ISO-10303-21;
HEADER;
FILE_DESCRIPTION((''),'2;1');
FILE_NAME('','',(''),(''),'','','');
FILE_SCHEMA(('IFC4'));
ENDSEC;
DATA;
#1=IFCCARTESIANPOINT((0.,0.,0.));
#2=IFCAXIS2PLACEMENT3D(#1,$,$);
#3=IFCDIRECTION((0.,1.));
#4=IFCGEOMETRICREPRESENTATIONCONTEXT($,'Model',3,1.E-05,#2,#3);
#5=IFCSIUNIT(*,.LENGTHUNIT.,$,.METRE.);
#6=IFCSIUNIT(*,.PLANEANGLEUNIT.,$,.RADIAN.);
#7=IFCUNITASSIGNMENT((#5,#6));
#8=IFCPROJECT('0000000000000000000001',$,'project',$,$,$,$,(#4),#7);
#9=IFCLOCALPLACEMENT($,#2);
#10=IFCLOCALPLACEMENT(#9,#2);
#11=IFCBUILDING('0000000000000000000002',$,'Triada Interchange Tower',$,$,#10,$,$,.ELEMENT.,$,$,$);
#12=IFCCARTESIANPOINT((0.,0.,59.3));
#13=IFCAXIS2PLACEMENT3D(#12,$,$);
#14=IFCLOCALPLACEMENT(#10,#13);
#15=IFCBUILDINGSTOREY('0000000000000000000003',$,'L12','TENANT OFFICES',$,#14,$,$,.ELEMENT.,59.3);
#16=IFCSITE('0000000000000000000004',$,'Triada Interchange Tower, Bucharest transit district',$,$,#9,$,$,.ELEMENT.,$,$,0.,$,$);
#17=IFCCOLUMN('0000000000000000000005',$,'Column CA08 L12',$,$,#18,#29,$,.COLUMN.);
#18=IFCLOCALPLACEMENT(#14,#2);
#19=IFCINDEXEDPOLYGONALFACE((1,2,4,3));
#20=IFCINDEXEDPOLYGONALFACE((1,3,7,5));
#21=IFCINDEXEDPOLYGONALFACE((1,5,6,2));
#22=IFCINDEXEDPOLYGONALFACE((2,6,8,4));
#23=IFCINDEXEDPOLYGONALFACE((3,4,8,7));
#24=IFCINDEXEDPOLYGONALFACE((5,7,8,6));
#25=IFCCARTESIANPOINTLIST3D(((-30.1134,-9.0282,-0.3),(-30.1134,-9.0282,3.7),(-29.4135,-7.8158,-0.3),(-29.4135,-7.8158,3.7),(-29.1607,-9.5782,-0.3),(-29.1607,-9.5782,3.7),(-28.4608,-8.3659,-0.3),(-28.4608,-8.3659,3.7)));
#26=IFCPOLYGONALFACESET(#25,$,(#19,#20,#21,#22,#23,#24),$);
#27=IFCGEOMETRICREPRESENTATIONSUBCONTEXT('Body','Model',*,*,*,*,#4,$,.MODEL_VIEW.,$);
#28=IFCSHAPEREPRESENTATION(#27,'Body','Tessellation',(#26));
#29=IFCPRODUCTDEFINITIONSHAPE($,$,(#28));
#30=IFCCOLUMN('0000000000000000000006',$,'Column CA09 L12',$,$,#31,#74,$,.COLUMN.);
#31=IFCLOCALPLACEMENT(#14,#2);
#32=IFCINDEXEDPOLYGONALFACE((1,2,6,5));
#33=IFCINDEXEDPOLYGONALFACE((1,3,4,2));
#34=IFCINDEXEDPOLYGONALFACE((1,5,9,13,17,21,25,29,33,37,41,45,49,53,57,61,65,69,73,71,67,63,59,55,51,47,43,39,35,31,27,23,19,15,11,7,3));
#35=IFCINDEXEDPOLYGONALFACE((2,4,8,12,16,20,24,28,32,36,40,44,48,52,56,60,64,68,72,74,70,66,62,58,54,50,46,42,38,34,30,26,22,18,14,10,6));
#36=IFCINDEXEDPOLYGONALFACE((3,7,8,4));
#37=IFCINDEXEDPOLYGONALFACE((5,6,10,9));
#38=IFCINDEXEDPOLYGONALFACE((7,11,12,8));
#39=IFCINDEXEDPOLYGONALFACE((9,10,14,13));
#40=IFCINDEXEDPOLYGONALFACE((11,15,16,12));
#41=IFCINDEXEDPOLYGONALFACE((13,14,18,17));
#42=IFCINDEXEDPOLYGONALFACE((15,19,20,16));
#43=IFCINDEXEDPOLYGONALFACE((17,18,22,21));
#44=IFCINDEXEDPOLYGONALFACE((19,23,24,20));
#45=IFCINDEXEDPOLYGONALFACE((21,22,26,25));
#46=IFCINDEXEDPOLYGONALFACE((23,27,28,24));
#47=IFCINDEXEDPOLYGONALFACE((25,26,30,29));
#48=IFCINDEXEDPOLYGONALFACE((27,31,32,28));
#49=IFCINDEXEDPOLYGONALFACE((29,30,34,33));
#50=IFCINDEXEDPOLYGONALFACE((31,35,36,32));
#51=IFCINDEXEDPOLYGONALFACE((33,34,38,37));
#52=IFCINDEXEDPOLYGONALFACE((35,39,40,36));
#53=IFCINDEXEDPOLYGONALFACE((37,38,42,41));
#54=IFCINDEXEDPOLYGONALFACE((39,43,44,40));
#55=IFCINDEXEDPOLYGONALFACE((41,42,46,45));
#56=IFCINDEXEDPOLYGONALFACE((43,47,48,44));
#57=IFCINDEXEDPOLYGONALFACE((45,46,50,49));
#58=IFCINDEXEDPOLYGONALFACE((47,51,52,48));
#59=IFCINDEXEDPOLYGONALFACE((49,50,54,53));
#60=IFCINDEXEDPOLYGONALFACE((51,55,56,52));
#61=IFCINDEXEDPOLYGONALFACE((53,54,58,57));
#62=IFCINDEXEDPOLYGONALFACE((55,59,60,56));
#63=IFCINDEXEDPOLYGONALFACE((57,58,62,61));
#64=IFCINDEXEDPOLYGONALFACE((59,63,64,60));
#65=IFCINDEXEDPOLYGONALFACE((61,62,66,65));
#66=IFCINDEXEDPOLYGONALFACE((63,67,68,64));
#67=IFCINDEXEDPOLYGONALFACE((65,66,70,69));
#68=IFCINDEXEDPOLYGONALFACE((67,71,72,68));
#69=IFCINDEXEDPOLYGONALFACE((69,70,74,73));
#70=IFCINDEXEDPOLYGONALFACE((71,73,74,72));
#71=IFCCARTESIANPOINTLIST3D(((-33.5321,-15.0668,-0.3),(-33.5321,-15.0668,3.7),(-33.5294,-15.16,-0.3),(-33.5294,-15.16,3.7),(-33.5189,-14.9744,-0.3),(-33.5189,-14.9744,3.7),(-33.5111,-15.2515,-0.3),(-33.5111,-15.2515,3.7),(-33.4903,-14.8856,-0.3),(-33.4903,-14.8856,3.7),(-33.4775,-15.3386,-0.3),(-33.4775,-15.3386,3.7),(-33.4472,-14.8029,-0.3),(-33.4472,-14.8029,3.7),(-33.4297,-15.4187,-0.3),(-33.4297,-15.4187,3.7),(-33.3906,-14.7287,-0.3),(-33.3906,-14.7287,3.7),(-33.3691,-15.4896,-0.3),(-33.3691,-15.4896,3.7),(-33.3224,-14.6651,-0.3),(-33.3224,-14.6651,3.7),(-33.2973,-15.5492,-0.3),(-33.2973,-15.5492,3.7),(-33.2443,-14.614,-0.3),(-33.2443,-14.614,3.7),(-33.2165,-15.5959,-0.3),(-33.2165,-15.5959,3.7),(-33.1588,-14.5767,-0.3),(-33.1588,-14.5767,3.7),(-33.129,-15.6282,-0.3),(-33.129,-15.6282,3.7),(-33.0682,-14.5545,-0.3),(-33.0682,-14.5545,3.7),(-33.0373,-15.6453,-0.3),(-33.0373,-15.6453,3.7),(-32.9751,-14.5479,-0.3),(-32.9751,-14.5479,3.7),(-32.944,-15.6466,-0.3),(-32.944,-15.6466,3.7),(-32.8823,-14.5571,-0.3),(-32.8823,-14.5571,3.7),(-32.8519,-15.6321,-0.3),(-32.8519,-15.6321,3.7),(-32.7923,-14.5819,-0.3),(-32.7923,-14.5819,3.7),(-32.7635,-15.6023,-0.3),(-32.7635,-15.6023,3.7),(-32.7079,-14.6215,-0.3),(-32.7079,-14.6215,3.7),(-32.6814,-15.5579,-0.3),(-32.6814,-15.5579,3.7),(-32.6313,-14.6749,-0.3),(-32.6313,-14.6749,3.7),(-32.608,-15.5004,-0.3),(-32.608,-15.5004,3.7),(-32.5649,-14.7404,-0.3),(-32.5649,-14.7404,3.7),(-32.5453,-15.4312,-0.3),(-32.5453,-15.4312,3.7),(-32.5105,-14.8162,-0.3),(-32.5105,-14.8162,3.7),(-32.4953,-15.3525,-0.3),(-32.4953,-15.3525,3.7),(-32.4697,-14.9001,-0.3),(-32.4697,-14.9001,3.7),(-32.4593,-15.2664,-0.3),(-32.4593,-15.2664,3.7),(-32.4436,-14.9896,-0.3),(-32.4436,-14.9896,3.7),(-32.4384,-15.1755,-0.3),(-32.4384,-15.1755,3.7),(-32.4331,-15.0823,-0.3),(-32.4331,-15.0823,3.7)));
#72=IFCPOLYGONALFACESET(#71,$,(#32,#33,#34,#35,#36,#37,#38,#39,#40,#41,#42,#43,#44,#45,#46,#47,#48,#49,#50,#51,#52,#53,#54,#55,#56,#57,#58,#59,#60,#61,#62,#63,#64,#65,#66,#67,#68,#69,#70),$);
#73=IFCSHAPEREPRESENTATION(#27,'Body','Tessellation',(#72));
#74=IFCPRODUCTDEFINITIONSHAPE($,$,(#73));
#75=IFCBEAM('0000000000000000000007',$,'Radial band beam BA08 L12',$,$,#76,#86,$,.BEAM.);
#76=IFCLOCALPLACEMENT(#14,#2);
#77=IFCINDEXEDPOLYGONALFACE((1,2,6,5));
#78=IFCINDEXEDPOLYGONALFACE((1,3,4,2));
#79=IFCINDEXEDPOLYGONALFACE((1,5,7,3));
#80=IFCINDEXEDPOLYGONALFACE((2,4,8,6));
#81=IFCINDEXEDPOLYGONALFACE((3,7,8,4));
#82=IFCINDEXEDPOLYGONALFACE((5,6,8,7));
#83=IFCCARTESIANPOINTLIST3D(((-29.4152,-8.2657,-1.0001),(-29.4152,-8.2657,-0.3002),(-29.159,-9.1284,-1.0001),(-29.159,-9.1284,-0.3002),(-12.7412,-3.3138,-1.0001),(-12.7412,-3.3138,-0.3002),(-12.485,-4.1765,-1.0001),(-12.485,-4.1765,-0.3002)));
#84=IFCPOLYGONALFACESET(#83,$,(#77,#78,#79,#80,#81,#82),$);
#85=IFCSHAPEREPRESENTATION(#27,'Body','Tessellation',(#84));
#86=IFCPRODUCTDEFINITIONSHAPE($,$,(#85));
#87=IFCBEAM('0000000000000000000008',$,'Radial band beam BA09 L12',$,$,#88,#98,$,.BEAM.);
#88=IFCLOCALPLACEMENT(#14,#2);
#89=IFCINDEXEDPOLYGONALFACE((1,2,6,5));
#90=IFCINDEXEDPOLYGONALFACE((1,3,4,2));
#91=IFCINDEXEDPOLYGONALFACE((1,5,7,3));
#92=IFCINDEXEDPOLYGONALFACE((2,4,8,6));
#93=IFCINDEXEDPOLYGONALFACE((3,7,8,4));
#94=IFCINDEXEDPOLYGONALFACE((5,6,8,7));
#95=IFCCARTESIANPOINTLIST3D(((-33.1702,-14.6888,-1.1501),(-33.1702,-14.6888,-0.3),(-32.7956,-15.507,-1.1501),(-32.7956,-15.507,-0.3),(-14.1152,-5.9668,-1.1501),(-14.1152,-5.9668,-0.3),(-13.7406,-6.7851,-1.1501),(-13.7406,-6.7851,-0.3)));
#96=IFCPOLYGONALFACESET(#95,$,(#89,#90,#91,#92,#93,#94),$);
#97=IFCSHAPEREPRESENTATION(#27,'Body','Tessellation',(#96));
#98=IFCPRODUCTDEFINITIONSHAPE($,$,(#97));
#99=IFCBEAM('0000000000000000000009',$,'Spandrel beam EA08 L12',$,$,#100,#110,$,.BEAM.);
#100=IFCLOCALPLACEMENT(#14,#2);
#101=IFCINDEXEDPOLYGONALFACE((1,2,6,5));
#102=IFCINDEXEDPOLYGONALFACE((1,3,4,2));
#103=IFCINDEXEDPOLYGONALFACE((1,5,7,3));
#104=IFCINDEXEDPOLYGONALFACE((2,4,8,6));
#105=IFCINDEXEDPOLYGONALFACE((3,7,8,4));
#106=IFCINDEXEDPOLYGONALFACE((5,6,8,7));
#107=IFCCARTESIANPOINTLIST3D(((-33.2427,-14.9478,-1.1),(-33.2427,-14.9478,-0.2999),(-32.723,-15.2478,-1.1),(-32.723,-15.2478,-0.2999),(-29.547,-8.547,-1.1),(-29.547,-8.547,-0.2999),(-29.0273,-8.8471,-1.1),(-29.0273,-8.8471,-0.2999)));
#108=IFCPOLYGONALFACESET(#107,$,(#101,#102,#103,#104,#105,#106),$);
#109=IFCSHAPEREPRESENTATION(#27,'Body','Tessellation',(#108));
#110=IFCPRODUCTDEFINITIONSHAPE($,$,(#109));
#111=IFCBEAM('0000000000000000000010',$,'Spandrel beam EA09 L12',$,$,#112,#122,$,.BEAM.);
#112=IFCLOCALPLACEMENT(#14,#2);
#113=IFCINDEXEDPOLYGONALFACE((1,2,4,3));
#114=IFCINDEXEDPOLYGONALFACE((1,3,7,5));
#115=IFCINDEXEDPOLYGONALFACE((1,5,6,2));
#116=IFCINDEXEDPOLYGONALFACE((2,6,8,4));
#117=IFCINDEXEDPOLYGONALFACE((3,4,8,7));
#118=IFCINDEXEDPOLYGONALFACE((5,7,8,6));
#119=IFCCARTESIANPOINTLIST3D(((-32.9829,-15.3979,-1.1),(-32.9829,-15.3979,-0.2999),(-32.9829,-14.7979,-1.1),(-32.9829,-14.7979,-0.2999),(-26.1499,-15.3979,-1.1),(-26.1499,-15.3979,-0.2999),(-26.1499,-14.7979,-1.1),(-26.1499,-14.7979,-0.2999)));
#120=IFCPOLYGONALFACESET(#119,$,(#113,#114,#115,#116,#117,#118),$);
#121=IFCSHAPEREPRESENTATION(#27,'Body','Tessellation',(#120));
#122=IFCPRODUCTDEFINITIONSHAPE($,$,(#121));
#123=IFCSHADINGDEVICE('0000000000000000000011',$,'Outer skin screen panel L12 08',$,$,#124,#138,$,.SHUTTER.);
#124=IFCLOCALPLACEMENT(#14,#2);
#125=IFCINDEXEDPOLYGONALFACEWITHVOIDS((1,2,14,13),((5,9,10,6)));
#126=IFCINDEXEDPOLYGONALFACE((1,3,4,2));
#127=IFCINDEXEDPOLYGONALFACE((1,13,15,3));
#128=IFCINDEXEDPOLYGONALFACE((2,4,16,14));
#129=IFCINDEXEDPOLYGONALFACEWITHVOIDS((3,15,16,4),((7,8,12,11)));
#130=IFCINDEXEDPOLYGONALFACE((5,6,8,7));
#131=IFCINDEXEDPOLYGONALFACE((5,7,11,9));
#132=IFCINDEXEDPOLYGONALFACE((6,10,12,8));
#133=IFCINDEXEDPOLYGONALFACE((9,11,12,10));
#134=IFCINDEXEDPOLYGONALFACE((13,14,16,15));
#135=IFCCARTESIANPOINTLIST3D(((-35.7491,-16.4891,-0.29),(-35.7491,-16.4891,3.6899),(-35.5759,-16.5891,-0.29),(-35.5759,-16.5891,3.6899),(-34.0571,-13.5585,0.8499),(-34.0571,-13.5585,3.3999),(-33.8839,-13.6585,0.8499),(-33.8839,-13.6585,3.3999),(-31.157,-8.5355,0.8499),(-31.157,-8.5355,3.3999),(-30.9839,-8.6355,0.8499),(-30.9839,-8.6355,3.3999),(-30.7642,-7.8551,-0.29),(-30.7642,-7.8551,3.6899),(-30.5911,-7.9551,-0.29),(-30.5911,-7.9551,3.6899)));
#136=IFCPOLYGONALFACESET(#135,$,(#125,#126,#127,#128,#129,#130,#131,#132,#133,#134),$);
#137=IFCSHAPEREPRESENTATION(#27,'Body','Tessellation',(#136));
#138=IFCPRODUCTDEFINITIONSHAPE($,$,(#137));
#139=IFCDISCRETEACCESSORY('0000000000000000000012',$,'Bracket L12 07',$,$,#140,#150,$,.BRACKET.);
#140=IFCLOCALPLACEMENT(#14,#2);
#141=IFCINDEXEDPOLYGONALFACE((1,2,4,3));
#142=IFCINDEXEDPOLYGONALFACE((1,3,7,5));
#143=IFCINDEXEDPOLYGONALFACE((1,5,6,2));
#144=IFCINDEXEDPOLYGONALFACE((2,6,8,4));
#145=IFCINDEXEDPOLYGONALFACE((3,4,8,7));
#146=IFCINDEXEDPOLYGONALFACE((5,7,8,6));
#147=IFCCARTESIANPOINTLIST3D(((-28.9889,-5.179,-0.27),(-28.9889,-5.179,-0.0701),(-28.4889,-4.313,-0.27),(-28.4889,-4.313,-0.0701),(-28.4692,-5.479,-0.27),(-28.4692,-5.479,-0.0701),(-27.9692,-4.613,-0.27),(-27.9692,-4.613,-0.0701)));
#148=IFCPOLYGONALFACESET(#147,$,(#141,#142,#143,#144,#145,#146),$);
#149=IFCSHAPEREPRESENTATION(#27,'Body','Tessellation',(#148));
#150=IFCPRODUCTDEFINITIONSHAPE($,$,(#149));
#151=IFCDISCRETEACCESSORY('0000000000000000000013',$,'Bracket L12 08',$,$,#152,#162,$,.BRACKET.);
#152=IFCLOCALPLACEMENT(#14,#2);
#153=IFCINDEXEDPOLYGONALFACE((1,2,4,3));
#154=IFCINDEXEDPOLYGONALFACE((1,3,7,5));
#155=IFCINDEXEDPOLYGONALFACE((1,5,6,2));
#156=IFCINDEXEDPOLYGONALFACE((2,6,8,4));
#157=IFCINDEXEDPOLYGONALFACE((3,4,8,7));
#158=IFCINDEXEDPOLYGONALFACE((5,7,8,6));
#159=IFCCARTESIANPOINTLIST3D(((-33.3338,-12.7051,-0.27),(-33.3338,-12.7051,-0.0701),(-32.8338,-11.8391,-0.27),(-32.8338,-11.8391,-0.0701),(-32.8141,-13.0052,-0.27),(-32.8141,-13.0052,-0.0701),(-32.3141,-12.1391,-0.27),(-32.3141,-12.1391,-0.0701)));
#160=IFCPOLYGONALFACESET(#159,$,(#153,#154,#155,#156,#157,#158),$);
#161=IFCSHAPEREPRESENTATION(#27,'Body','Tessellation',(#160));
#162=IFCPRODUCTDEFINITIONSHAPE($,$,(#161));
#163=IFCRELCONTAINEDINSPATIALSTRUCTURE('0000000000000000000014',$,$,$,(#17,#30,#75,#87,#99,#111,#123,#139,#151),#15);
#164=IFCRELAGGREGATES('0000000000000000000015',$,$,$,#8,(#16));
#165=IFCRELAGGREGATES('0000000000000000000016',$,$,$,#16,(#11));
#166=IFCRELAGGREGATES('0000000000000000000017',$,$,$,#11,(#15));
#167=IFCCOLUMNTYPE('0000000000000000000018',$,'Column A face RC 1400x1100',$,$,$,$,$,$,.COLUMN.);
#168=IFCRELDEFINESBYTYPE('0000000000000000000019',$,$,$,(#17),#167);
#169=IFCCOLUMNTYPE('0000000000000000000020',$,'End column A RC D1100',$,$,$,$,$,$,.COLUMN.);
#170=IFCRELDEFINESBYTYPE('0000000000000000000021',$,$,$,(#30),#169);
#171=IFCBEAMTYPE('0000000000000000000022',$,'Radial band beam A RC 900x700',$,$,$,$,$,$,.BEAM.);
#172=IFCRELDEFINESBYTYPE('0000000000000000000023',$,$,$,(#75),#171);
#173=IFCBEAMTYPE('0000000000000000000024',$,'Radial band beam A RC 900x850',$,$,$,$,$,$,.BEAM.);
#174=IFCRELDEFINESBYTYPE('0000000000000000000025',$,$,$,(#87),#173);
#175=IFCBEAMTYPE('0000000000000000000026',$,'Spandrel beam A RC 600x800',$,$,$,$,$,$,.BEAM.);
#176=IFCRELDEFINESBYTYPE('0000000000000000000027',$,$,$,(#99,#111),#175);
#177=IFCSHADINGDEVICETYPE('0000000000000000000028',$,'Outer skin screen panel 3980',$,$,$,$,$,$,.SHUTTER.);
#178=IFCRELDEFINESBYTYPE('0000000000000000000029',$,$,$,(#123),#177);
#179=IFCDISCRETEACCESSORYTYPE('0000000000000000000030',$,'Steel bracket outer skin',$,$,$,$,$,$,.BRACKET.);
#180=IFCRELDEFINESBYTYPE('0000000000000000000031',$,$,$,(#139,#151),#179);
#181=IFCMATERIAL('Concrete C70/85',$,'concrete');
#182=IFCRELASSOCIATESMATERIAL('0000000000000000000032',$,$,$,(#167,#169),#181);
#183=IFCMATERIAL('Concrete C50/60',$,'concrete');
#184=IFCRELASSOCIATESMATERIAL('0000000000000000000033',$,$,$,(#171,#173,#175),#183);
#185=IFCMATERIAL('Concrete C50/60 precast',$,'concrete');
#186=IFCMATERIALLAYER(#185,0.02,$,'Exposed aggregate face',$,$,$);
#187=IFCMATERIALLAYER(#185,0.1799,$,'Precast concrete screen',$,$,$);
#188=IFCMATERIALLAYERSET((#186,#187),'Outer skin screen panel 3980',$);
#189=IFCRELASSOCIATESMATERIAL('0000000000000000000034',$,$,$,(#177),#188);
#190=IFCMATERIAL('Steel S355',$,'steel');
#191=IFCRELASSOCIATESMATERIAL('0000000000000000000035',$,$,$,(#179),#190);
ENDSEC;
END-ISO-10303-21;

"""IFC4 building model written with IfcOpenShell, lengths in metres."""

from ifc_helpers import new_model, si_unit, direction, frame, origin, origin_2d, place, context, subcontext, project, spatial, polyline, rectangle, circle, outline, extrude, material, layer, layer_set, material_profile, profile_set, type_object, element, save


model = new_model("IFC4")

# Units and contexts
model_context = context("Model", 3, precision=1e-05, world=origin(), true_north=direction((0.0, 1.0)))
body_context = subcontext(model_context, "Body", "Model", "MODEL_VIEW")
ifc_project = project(units=[si_unit("LENGTHUNIT", "METRE"), si_unit("PLANEANGLEUNIT", "RADIAN")], contexts=[model_context])

# Site, building, storey
site_placement = place(None, origin())
site = spatial("IfcSite", under=ifc_project, at=site_placement, Name="Triada Interchange Tower, Bucharest transit district", CompositionType="ELEMENT", RefElevation=0.0)
building_placement = place(site_placement, origin())
building = spatial("IfcBuilding", under=site, at=building_placement, Name="Triada Interchange Tower", CompositionType="ELEMENT")
storey_placement = place(building_placement, frame((0.0, 0.0, 59.3)))
storey = spatial("IfcBuildingStorey", under=building, at=storey_placement, Name="L12", Description="TENANT OFFICES", CompositionType="ELEMENT", Elevation=59.3)

# Columns
ifc_material_1 = material(Name="Concrete C70/85", Category="concrete")
ifc_material_profile_1 = material_profile(ifc_material_1, rectangle(XDim=1.3999, YDim=1.1001, at=origin_2d()), Name="RC 1400x1100")
ifc_profile_set_1 = profile_set([ifc_material_profile_1], Name="Concrete C70/85")
column_type_1 = type_object("IfcColumnType", Name="Column A face RC 1400x1100", PredefinedType="COLUMN", material=ifc_profile_set_1)
column_1_placement = place(storey_placement, frame((-29.2871, -8.697, -0.3), z_axis=(0.0, 0.0, 1.0), x_axis=(0.5, 0.866025, 0.0)))
element("IfcColumn", 1, at=column_1_placement, inside=storey, type_object=column_type_1, Name="Column CA08 L12", PredefinedType="COLUMN", context=body_context, shape_type="SweptSolid", body=[
    extrude(rectangle(XDim=1.3999, YDim=1.1001, at=origin_2d()), origin(), (0.0, 0.0, 1.0), 4.0),
])
ifc_material_profile_2 = material_profile(ifc_material_1, circle(Radius=0.55, at=origin_2d()), Name="RC D1100")
ifc_profile_set_2 = profile_set([ifc_material_profile_2], Name="Concrete C70/85")
column_type_2 = type_object("IfcColumnType", Name="End column A RC D1100", PredefinedType="COLUMN", material=ifc_profile_set_2)
column_2_placement = place(storey_placement, frame((-32.9829, -15.0979, -0.3), z_axis=(0.0, 0.0, 1.0), x_axis=(0.5, 0.866025, 0.0)))
element("IfcColumn", 2, at=column_2_placement, inside=storey, type_object=column_type_2, Name="Column CA09 L12", PredefinedType="COLUMN", context=body_context, shape_type="SweptSolid", body=[
    extrude(circle(Radius=0.55, at=origin_2d()), origin(), (0.0, 0.0, 1.0), 4.0),
])

# Beams
ifc_material_2 = material(Name="Concrete C50/60", Category="concrete")
ifc_material_profile_3 = material_profile(ifc_material_2, rectangle(XDim=0.8999, YDim=0.7, at=origin_2d()), Name="RC 900x700")
ifc_profile_set_3 = profile_set([ifc_material_profile_3], Name="Concrete C50/60")
beam_type_1 = type_object("IfcBeamType", Name="Radial band beam A RC 900x700", PredefinedType="BEAM", material=ifc_profile_set_3)
beam_1_placement = place(storey_placement, frame((-29.2871, -8.697, -0.6501), z_axis=(0.958619, 0.284693, 0.0), x_axis=(-0.284693, 0.958619, 0.0)))
element("IfcBeam", 3, at=beam_1_placement, inside=storey, type_object=beam_type_1, Name="Radial band beam BA08 L12", PredefinedType="BEAM", context=body_context, shape_type="SweptSolid", body=[
    extrude(rectangle(XDim=0.8999, YDim=0.7, at=origin_2d()), origin(), (0.0, 0.0, 1.0), 17.3938),
])
ifc_material_profile_4 = material_profile(ifc_material_2, rectangle(XDim=0.8999, YDim=0.8501, at=origin_2d()), Name="RC 900x850")
ifc_profile_set_4 = profile_set([ifc_material_profile_4], Name="Concrete C50/60")
beam_type_2 = type_object("IfcBeamType", Name="Radial band beam A RC 900x850", PredefinedType="BEAM", material=ifc_profile_set_4)
beam_2_placement = place(storey_placement, frame((-32.9829, -15.0979, -0.7251), z_axis=(0.909274, 0.416198, 0.0), x_axis=(-0.416198, 0.909274, 0.0)))
element("IfcBeam", 4, at=beam_2_placement, inside=storey, type_object=beam_type_2, Name="Radial band beam BA09 L12", PredefinedType="BEAM", context=body_context, shape_type="SweptSolid", body=[
    extrude(rectangle(XDim=0.8999, YDim=0.8501, at=origin_2d()), origin(), (0.0, 0.0, 1.0), 20.9563),
])
ifc_material_profile_5 = material_profile(ifc_material_2, rectangle(XDim=0.6001, YDim=0.8, at=origin_2d()), Name="RC 600x800")
ifc_profile_set_5 = profile_set([ifc_material_profile_5], Name="Concrete C50/60")
beam_type_3 = type_object("IfcBeamType", Name="Spandrel beam A RC 600x800", PredefinedType="BEAM", material=ifc_profile_set_5)
beam_3_placement = place(storey_placement, frame((-29.2871, -8.697, -0.7), z_axis=(-0.500026, -0.866011, 0.0), x_axis=(0.866011, -0.500026, 0.0)))
element("IfcBeam", 5, at=beam_3_placement, inside=storey, type_object=beam_type_3, Name="Spandrel beam EA08 L12", PredefinedType="BEAM", context=body_context, shape_type="SweptSolid", body=[
    extrude(rectangle(XDim=0.6001, YDim=0.8, at=origin_2d()), origin(), (0.0, 0.0, 1.0), 7.3911),
])
beam_4_placement = place(storey_placement, frame((-32.9829, -15.0979, -0.7), z_axis=(1.0, 0.0, 0.0), x_axis=(0.0, 1.0, 0.0)))
element("IfcBeam", 6, at=beam_4_placement, inside=storey, type_object=beam_type_3, Name="Spandrel beam EA09 L12", PredefinedType="BEAM", context=body_context, shape_type="SweptSolid", body=[
    extrude(rectangle(XDim=0.6001, YDim=0.8, at=origin_2d()), origin(), (0.0, 0.0, 1.0), 6.833),
])

# Shading device
ifc_material_3 = material(Name="Concrete C50/60 precast", Category="concrete")
ifc_layer_1 = layer(ifc_material_3, 0.02, Name="Exposed aggregate face")
ifc_layer_2 = layer(ifc_material_3, 0.1799, Name="Precast concrete screen")
ifc_layer_set = layer_set([ifc_layer_1, ifc_layer_2], Name="Outer skin screen panel 3980")
shading_device_type = type_object("IfcShadingDeviceType", Name="Outer skin screen panel 3980", PredefinedType="SHUTTER", material=ifc_layer_set)
shading_device_placement = place(storey_placement, frame((-30.5911, -7.9551, -0.29), z_axis=(0.0, 0.0, 1.0), x_axis=(-0.5, -0.866025, 0.0)))
element("IfcShadingDevice", 7, at=shading_device_placement, inside=storey, type_object=shading_device_type, Name="Outer skin screen panel L12 08", PredefinedType="SHUTTER", context=body_context, shape_type="SweptSolid", body=[
    extrude(outline(polyline([(0.0, 0.0), (9.9697, 0.0), (9.9697, 3.98), (0.0, 3.98), (0.0, 0.0)]), holes=[polyline([(0.7856, 1.1399), (0.7856, 3.6899), (6.5857, 3.6899), (6.5857, 1.1399), (0.7856, 1.1399)])]), frame((0.0, 0.0, 0.0), z_axis=(0.0, -1.0, 0.0), x_axis=(1.0, 0.0, 0.0)), (0.0, 0.0, 1.0), 0.2),
])

# Discrete accessories
ifc_material_4 = material(Name="Steel S355", Category="steel")
discrete_accessory_type = type_object("IfcDiscreteAccessoryType", Name="Steel bracket outer skin", PredefinedType="BRACKET", material=ifc_material_4)
for number, where, z_axis, x_axis, name in (
    (8, (-28.479, -4.896, -0.27), (0.0, 0.0, 1.0), (-0.866022, 0.500006, 0.0), "Bracket L12 07"),
    (9, (-32.824, -12.4221, -0.27), (0.0, 0.0, 1.0), (-0.866022, 0.500006, 0.0), "Bracket L12 08"),
):
    element("IfcDiscreteAccessory", number, at=place(storey_placement, frame(where, z_axis=z_axis, x_axis=x_axis)), inside=storey, type_object=discrete_accessory_type, Name=name, PredefinedType="BRACKET", context=body_context, shape_type="SweptSolid", body=[
        extrude(rectangle(XDim=0.6001, YDim=1.0, at=origin_2d()), origin(), (0.0, 0.0, 1.0), 0.2),
    ])

save(model, "model.ifc")
